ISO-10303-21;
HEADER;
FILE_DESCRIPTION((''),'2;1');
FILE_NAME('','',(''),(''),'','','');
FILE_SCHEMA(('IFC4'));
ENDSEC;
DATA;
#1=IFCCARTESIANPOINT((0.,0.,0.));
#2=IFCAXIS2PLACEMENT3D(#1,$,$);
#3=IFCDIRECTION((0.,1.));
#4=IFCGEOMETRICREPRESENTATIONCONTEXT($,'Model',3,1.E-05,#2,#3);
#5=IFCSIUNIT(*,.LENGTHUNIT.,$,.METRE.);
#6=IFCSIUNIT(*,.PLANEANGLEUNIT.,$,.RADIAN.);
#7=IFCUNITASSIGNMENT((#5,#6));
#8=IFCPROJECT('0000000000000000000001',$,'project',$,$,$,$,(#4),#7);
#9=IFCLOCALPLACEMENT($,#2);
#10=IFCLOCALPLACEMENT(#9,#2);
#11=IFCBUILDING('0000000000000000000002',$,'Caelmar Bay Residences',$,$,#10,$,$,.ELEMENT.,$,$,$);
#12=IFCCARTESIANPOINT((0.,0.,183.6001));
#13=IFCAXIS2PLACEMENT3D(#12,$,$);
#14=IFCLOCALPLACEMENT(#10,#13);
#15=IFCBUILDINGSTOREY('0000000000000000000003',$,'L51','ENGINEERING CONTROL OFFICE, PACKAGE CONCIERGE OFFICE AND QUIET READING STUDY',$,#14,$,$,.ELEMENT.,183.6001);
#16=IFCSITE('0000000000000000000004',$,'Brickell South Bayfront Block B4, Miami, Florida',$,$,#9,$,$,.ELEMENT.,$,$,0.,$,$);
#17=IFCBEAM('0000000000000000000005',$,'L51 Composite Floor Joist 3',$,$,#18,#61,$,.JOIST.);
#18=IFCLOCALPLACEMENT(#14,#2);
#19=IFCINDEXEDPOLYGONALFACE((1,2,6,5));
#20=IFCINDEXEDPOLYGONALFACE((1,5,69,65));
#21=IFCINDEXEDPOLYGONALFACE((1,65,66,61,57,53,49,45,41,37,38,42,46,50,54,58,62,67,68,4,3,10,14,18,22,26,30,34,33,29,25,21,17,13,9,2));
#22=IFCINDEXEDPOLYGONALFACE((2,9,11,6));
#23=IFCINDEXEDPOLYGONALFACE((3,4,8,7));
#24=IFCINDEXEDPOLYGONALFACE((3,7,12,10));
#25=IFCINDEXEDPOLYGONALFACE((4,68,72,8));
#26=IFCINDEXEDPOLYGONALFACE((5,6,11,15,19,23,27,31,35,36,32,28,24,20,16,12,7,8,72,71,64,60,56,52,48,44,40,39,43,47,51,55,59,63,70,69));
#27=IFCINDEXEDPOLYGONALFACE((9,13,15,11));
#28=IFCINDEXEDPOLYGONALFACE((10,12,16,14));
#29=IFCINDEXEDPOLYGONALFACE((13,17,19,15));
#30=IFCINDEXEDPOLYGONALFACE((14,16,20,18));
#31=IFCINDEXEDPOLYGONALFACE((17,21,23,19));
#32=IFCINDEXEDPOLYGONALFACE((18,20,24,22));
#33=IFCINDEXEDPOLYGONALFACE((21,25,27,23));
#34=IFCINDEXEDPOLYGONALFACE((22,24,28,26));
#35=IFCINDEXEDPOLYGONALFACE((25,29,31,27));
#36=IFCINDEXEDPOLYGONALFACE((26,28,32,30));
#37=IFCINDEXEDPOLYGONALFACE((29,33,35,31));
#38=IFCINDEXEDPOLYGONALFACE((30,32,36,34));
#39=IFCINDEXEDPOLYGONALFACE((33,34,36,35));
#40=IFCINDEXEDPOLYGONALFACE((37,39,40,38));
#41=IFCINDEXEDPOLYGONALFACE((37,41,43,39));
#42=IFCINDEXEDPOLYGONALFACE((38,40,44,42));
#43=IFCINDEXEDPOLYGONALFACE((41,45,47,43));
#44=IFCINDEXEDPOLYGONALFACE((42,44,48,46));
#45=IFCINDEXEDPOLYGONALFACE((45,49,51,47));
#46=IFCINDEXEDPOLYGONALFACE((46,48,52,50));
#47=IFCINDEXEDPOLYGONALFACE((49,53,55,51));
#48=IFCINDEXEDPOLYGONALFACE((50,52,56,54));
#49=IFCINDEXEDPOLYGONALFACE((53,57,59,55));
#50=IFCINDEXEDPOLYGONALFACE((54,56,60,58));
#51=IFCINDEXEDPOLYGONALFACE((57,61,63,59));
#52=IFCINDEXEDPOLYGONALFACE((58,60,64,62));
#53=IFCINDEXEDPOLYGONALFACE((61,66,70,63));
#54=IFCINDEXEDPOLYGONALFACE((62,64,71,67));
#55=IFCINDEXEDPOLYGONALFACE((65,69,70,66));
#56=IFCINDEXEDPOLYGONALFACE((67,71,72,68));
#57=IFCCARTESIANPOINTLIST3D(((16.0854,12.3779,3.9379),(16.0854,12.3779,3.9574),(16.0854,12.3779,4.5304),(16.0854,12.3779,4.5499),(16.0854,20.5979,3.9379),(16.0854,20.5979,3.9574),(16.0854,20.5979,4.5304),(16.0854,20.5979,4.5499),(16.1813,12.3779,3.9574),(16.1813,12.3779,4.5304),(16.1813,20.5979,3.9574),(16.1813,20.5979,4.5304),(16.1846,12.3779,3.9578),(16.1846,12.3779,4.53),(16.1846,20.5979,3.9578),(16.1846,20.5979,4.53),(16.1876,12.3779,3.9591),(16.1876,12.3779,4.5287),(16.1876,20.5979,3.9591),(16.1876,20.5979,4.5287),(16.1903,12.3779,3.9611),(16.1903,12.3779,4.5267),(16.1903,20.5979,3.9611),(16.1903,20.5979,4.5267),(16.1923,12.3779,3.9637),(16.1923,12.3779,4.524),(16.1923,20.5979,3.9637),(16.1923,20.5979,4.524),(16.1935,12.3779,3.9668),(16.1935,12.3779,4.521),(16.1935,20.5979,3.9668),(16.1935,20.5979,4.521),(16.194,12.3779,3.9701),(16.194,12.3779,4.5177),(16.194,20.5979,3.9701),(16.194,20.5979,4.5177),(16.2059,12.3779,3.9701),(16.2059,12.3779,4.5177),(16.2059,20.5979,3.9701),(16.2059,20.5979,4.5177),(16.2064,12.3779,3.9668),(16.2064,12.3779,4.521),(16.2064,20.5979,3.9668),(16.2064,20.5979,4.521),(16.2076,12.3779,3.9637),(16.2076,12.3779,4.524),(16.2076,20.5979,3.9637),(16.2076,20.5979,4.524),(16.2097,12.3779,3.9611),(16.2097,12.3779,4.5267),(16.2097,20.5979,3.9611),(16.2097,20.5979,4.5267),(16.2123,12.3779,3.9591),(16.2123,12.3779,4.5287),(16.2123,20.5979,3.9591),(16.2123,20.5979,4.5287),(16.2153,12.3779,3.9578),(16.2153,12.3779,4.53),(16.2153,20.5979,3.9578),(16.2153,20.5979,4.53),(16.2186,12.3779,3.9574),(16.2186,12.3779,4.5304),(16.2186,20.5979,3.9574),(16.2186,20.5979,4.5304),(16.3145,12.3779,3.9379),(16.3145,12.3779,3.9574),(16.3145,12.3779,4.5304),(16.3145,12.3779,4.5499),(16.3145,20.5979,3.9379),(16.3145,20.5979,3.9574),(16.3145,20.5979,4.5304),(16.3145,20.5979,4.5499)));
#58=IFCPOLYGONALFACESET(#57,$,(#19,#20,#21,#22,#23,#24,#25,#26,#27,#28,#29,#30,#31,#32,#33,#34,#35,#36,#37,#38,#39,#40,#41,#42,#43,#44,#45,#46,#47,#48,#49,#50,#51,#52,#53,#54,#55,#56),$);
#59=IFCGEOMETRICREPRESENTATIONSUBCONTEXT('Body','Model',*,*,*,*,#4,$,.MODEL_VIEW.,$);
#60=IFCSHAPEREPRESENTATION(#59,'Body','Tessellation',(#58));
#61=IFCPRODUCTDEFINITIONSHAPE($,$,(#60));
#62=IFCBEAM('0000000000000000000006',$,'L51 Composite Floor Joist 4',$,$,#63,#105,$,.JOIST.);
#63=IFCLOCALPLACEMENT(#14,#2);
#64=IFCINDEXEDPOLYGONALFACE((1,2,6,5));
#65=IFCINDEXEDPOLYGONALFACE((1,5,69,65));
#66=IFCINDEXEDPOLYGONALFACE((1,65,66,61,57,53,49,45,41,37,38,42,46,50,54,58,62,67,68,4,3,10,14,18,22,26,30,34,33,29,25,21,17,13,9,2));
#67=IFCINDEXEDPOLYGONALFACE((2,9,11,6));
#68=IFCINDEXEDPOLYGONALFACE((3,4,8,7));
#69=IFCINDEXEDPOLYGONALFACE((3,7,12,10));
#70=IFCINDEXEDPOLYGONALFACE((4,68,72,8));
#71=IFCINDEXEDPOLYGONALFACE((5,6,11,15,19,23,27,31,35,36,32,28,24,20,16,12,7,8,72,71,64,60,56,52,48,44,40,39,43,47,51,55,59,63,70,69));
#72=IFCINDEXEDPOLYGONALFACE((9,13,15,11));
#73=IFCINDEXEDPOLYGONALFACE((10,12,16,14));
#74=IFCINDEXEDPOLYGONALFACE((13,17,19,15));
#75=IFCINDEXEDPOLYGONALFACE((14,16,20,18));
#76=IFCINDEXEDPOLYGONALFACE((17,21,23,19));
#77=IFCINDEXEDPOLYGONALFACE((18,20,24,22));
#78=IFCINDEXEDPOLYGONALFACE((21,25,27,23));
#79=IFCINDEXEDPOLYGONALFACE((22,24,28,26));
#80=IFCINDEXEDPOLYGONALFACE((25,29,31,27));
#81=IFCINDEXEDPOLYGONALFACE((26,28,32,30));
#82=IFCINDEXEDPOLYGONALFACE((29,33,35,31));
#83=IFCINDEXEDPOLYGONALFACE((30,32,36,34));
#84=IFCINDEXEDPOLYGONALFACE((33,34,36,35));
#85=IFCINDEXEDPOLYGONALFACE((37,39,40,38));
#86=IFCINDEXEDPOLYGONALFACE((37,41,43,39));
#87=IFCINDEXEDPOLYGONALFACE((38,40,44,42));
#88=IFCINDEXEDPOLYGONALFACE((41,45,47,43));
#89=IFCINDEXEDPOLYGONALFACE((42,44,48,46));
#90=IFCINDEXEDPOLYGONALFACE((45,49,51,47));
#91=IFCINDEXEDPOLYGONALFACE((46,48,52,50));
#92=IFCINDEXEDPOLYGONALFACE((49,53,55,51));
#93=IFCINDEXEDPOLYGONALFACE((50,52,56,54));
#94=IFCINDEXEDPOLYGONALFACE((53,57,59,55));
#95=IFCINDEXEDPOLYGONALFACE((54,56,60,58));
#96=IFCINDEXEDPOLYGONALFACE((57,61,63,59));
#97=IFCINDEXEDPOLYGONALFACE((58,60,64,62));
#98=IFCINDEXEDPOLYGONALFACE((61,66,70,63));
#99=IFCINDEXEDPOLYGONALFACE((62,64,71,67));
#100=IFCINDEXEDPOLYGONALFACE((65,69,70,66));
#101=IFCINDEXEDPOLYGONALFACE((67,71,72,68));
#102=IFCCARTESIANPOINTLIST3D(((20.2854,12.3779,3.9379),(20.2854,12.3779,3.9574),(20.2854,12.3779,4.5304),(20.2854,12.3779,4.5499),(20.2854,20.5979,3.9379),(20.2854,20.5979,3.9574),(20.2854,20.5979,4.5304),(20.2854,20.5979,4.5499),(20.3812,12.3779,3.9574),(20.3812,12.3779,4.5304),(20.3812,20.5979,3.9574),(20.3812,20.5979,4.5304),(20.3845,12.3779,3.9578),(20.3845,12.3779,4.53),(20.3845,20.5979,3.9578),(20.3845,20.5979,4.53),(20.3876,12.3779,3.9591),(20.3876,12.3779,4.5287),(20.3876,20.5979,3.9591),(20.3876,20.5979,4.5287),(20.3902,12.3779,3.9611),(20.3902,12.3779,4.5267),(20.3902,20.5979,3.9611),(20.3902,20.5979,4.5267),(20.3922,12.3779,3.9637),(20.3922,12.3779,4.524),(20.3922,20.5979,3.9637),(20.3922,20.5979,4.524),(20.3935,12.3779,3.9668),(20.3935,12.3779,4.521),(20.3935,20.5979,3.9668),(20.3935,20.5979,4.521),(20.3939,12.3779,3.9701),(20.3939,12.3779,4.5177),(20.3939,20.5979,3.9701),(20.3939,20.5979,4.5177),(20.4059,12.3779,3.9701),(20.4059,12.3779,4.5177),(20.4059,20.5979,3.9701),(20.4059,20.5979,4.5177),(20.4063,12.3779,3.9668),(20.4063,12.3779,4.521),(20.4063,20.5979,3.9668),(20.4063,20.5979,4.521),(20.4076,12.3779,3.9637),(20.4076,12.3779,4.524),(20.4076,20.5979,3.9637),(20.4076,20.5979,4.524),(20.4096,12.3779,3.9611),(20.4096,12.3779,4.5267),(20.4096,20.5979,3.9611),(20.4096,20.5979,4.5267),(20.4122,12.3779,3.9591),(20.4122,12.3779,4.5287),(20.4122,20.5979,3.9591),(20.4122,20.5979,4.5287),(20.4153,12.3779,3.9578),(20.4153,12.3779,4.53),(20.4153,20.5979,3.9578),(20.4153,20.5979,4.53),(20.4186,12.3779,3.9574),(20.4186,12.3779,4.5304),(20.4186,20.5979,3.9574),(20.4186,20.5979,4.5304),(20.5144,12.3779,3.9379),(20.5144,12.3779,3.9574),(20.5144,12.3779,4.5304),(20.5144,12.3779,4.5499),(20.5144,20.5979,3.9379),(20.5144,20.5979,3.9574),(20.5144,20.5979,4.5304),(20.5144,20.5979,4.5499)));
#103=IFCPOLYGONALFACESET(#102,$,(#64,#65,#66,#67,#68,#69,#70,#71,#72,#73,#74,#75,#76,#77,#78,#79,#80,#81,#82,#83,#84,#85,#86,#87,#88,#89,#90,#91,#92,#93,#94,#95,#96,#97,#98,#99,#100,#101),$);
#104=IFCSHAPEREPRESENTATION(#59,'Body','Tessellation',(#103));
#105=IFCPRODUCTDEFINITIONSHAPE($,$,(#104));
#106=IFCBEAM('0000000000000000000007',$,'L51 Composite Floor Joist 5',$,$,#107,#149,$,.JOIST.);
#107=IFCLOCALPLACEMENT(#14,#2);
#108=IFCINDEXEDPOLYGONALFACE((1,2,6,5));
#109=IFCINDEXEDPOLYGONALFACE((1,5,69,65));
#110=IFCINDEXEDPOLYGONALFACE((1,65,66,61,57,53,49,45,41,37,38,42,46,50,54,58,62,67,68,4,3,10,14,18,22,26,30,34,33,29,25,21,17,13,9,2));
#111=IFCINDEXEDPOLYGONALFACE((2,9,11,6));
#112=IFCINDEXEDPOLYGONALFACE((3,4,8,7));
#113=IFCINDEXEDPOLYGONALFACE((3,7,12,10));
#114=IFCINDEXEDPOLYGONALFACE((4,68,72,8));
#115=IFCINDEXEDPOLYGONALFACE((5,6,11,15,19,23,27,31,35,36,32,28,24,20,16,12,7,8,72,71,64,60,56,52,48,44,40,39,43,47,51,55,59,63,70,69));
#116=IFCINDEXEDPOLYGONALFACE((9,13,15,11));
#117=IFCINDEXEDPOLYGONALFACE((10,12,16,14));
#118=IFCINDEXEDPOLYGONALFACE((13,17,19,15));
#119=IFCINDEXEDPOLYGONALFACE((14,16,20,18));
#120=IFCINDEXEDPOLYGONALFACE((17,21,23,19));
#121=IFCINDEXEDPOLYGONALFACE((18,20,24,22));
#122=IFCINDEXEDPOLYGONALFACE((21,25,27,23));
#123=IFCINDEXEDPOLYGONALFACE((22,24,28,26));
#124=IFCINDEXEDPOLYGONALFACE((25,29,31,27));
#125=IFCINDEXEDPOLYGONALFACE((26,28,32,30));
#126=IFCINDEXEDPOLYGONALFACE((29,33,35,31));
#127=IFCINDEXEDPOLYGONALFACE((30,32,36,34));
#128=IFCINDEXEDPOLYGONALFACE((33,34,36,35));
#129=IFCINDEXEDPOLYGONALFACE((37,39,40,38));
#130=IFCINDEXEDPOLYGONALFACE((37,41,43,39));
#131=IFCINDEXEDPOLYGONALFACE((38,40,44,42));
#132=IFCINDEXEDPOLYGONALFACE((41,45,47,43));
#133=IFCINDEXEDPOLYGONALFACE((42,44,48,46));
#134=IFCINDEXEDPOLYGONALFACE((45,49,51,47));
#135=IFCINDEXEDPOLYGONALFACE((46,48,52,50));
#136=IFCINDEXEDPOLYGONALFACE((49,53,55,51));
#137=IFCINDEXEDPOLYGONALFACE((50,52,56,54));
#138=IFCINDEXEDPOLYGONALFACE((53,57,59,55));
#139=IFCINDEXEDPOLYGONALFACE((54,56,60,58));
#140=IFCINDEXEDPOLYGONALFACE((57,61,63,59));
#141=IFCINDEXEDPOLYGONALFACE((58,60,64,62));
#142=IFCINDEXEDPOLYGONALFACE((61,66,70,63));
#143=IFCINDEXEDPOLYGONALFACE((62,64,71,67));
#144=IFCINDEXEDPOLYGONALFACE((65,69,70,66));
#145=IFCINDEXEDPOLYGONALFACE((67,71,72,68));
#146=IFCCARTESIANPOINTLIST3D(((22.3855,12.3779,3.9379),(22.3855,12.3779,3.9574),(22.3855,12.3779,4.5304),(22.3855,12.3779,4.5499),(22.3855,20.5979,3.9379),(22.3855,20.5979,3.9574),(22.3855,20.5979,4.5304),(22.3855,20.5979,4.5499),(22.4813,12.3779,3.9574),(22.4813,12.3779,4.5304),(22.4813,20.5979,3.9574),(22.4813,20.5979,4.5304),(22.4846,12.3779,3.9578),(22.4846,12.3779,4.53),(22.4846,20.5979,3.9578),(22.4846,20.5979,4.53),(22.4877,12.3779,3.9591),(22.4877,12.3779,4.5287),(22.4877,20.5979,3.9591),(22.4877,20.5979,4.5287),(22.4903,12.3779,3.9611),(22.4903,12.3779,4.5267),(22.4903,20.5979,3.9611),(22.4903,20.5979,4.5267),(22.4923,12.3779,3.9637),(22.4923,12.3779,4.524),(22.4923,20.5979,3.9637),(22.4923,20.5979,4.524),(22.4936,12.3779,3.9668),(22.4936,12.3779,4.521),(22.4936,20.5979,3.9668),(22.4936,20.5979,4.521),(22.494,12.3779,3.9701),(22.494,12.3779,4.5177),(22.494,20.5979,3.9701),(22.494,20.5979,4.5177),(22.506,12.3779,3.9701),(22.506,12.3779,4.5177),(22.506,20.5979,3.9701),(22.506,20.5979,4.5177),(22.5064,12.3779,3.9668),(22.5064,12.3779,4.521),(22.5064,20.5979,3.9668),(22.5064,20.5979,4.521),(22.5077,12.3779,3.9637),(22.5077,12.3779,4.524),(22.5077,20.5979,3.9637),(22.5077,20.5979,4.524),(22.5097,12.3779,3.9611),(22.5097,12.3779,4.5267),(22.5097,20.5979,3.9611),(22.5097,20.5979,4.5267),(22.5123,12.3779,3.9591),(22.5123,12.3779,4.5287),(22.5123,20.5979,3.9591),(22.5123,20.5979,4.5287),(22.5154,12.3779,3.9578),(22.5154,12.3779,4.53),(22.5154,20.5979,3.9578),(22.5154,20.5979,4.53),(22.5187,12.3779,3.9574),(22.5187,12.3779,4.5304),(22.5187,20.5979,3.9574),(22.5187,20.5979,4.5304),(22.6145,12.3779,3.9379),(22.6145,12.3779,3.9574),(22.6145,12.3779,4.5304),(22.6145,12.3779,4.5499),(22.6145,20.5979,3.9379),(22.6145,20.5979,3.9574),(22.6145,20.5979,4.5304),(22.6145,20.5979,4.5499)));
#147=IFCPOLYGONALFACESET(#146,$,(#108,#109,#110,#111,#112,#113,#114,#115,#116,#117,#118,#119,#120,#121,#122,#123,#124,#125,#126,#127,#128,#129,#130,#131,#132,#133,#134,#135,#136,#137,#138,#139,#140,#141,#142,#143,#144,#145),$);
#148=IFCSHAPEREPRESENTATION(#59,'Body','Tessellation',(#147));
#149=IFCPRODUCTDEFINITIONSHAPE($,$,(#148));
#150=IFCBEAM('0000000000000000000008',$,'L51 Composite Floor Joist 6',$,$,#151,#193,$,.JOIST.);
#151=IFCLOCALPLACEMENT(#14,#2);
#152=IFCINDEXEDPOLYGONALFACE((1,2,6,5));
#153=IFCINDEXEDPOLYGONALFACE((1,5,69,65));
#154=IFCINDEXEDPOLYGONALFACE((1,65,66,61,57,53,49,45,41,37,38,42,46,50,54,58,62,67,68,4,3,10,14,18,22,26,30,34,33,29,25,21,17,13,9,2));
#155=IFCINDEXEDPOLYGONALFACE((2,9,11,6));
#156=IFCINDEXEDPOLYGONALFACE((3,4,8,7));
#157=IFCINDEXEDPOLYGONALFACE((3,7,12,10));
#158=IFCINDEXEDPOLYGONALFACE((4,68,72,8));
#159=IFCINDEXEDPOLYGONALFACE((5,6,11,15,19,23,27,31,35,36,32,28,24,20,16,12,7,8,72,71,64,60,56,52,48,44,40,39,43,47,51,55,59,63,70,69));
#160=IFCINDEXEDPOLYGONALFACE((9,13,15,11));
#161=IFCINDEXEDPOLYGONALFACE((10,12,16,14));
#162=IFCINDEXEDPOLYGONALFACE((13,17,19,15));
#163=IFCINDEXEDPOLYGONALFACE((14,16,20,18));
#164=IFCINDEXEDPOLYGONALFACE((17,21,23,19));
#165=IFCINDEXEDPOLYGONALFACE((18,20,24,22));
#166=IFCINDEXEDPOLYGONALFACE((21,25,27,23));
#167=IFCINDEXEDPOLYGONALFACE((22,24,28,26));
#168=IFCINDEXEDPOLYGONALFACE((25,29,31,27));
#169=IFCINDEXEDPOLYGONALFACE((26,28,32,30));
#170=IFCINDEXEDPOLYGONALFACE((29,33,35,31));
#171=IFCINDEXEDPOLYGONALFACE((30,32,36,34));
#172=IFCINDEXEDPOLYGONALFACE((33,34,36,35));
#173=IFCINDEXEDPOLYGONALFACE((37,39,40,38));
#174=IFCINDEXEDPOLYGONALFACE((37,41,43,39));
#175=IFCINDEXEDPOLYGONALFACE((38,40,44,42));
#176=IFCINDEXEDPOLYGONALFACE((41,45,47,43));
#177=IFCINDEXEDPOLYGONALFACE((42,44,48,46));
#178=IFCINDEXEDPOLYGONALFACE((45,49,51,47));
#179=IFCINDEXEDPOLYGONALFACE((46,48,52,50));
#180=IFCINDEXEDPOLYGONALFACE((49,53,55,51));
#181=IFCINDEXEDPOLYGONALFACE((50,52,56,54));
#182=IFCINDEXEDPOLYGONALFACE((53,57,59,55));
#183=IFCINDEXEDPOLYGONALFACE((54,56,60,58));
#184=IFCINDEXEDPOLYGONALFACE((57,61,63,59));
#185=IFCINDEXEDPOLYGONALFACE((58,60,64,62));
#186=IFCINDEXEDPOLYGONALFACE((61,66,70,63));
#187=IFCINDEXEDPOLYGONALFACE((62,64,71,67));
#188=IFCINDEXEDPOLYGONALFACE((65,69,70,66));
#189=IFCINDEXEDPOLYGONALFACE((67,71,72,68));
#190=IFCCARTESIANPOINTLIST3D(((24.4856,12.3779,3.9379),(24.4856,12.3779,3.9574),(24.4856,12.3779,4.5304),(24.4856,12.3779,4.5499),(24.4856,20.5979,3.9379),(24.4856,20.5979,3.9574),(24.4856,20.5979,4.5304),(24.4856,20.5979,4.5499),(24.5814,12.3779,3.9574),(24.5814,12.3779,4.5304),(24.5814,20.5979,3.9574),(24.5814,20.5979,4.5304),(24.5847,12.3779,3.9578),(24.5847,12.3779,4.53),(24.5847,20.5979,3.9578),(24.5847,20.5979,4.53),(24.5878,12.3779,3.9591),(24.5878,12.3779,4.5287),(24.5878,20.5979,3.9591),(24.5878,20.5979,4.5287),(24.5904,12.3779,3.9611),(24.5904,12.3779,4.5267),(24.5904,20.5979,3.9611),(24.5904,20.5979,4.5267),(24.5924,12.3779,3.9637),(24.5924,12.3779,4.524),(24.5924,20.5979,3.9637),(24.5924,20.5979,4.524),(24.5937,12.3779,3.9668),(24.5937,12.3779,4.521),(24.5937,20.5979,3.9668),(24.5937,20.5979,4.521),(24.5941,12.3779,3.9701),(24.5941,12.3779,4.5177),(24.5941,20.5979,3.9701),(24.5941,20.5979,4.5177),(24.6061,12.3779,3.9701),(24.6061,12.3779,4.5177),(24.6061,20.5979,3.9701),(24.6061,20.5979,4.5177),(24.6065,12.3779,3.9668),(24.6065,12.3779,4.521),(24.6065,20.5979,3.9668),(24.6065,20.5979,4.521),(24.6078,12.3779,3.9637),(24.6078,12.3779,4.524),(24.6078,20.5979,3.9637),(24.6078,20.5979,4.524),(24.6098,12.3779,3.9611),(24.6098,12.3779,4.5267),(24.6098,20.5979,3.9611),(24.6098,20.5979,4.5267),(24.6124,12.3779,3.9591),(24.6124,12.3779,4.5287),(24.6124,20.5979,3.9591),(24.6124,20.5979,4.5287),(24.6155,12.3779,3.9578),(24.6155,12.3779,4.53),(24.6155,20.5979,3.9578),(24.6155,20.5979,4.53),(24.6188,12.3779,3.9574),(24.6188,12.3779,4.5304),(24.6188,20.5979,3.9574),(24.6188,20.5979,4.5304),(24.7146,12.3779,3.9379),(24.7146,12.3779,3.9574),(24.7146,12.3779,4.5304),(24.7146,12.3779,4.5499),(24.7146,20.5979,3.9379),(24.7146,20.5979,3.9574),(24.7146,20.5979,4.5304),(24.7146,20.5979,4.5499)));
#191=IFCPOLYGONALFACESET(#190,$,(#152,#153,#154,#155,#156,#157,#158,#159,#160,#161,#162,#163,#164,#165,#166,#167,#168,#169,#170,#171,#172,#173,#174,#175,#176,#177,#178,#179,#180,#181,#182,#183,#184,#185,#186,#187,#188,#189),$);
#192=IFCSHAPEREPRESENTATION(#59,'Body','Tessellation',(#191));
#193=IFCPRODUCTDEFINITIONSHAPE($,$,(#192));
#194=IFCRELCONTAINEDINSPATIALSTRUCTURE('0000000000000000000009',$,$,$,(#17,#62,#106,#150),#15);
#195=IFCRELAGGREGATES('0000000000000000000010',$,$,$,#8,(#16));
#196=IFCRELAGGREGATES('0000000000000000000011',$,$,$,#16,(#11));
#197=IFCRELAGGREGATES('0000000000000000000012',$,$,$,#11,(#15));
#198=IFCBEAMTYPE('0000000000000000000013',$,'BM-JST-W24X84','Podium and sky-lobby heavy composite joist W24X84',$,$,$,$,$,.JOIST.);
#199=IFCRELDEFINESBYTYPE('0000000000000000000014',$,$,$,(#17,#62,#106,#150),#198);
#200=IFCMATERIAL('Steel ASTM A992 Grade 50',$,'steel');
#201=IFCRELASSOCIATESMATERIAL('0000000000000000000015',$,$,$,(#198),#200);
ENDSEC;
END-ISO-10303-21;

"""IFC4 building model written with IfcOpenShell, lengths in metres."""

from ifc_helpers import new_model, si_unit, direction, frame, origin, origin_2d, place, context, subcontext, project, spatial, i_section, extrude, material, material_profile, profile_set, type_object, element, save


model = new_model("IFC4")

# Units and contexts
model_context = context("Model", 3, precision=1e-05, world=origin(), true_north=direction((0.0, 1.0)))
body_context = subcontext(model_context, "Body", "Model", "MODEL_VIEW")
ifc_project = project(units=[si_unit("LENGTHUNIT", "METRE"), si_unit("PLANEANGLEUNIT", "RADIAN")], contexts=[model_context])

# Site, building, storey
site_placement = place(None, origin())
site = spatial("IfcSite", under=ifc_project, at=site_placement, Name="Brickell South Bayfront Block B4, Miami, Florida", CompositionType="ELEMENT", RefElevation=0.0)
building_placement = place(site_placement, origin())
building = spatial("IfcBuilding", under=site, at=building_placement, Name="Caelmar Bay Residences", CompositionType="ELEMENT")
storey_placement = place(building_placement, frame((0.0, 0.0, 183.6001)))
storey = spatial("IfcBuildingStorey", under=building, at=storey_placement, Name="L51", Description="ENGINEERING CONTROL OFFICE, PACKAGE CONCIERGE OFFICE AND QUIET READING STUDY", CompositionType="ELEMENT", Elevation=183.6001)

# Beams
ifc_material_1 = material(Name="Steel ASTM A992 Grade 50", Category="steel")
ifc_material_profile_1 = material_profile(ifc_material_1, i_section(OverallWidth=0.229, OverallDepth=0.6121, WebThickness=0.012, FlangeThickness=0.0195, FilletRadius=0.0127, at=origin_2d()), Name="W24X84")
ifc_profile_set_1 = profile_set([ifc_material_profile_1], Name="Steel ASTM A992 Grade 50")
beam_type_1 = type_object("IfcBeamType", Name="BM-JST-W24X84", Description="Podium and sky-lobby heavy composite joist W24X84", PredefinedType="JOIST", material=ifc_profile_set_1)
for number, where, z_axis, x_axis, name in (
    (1, (16.2, 12.3779, 4.2439), (0.0, 1.0, 0.0), (-1.0, 0.0, 0.0), "L51 Composite Floor Joist 3"),
    (2, (20.3999, 12.3779, 4.2439), (0.0, 1.0, 0.0), (-1.0, 0.0, 0.0), "L51 Composite Floor Joist 4"),
    (3, (22.5, 12.3779, 4.2439), (0.0, 1.0, 0.0), (-1.0, 0.0, 0.0), "L51 Composite Floor Joist 5"),
    (4, (24.6001, 12.3779, 4.2439), (0.0, 1.0, 0.0), (-1.0, 0.0, 0.0), "L51 Composite Floor Joist 6"),
):
    element("IfcBeam", number, at=place(storey_placement, frame(where, z_axis=z_axis, x_axis=x_axis)), inside=storey, type_object=beam_type_1, Name=name, PredefinedType="JOIST", context=body_context, shape_type="SweptSolid", body=[
        extrude(i_section(OverallWidth=0.229, OverallDepth=0.6121, WebThickness=0.012, FlangeThickness=0.0195, FilletRadius=0.0127, at=origin_2d()), origin(), (0.0, 0.0, 1.0), 8.22),
    ])

save(model, "model.ifc")
